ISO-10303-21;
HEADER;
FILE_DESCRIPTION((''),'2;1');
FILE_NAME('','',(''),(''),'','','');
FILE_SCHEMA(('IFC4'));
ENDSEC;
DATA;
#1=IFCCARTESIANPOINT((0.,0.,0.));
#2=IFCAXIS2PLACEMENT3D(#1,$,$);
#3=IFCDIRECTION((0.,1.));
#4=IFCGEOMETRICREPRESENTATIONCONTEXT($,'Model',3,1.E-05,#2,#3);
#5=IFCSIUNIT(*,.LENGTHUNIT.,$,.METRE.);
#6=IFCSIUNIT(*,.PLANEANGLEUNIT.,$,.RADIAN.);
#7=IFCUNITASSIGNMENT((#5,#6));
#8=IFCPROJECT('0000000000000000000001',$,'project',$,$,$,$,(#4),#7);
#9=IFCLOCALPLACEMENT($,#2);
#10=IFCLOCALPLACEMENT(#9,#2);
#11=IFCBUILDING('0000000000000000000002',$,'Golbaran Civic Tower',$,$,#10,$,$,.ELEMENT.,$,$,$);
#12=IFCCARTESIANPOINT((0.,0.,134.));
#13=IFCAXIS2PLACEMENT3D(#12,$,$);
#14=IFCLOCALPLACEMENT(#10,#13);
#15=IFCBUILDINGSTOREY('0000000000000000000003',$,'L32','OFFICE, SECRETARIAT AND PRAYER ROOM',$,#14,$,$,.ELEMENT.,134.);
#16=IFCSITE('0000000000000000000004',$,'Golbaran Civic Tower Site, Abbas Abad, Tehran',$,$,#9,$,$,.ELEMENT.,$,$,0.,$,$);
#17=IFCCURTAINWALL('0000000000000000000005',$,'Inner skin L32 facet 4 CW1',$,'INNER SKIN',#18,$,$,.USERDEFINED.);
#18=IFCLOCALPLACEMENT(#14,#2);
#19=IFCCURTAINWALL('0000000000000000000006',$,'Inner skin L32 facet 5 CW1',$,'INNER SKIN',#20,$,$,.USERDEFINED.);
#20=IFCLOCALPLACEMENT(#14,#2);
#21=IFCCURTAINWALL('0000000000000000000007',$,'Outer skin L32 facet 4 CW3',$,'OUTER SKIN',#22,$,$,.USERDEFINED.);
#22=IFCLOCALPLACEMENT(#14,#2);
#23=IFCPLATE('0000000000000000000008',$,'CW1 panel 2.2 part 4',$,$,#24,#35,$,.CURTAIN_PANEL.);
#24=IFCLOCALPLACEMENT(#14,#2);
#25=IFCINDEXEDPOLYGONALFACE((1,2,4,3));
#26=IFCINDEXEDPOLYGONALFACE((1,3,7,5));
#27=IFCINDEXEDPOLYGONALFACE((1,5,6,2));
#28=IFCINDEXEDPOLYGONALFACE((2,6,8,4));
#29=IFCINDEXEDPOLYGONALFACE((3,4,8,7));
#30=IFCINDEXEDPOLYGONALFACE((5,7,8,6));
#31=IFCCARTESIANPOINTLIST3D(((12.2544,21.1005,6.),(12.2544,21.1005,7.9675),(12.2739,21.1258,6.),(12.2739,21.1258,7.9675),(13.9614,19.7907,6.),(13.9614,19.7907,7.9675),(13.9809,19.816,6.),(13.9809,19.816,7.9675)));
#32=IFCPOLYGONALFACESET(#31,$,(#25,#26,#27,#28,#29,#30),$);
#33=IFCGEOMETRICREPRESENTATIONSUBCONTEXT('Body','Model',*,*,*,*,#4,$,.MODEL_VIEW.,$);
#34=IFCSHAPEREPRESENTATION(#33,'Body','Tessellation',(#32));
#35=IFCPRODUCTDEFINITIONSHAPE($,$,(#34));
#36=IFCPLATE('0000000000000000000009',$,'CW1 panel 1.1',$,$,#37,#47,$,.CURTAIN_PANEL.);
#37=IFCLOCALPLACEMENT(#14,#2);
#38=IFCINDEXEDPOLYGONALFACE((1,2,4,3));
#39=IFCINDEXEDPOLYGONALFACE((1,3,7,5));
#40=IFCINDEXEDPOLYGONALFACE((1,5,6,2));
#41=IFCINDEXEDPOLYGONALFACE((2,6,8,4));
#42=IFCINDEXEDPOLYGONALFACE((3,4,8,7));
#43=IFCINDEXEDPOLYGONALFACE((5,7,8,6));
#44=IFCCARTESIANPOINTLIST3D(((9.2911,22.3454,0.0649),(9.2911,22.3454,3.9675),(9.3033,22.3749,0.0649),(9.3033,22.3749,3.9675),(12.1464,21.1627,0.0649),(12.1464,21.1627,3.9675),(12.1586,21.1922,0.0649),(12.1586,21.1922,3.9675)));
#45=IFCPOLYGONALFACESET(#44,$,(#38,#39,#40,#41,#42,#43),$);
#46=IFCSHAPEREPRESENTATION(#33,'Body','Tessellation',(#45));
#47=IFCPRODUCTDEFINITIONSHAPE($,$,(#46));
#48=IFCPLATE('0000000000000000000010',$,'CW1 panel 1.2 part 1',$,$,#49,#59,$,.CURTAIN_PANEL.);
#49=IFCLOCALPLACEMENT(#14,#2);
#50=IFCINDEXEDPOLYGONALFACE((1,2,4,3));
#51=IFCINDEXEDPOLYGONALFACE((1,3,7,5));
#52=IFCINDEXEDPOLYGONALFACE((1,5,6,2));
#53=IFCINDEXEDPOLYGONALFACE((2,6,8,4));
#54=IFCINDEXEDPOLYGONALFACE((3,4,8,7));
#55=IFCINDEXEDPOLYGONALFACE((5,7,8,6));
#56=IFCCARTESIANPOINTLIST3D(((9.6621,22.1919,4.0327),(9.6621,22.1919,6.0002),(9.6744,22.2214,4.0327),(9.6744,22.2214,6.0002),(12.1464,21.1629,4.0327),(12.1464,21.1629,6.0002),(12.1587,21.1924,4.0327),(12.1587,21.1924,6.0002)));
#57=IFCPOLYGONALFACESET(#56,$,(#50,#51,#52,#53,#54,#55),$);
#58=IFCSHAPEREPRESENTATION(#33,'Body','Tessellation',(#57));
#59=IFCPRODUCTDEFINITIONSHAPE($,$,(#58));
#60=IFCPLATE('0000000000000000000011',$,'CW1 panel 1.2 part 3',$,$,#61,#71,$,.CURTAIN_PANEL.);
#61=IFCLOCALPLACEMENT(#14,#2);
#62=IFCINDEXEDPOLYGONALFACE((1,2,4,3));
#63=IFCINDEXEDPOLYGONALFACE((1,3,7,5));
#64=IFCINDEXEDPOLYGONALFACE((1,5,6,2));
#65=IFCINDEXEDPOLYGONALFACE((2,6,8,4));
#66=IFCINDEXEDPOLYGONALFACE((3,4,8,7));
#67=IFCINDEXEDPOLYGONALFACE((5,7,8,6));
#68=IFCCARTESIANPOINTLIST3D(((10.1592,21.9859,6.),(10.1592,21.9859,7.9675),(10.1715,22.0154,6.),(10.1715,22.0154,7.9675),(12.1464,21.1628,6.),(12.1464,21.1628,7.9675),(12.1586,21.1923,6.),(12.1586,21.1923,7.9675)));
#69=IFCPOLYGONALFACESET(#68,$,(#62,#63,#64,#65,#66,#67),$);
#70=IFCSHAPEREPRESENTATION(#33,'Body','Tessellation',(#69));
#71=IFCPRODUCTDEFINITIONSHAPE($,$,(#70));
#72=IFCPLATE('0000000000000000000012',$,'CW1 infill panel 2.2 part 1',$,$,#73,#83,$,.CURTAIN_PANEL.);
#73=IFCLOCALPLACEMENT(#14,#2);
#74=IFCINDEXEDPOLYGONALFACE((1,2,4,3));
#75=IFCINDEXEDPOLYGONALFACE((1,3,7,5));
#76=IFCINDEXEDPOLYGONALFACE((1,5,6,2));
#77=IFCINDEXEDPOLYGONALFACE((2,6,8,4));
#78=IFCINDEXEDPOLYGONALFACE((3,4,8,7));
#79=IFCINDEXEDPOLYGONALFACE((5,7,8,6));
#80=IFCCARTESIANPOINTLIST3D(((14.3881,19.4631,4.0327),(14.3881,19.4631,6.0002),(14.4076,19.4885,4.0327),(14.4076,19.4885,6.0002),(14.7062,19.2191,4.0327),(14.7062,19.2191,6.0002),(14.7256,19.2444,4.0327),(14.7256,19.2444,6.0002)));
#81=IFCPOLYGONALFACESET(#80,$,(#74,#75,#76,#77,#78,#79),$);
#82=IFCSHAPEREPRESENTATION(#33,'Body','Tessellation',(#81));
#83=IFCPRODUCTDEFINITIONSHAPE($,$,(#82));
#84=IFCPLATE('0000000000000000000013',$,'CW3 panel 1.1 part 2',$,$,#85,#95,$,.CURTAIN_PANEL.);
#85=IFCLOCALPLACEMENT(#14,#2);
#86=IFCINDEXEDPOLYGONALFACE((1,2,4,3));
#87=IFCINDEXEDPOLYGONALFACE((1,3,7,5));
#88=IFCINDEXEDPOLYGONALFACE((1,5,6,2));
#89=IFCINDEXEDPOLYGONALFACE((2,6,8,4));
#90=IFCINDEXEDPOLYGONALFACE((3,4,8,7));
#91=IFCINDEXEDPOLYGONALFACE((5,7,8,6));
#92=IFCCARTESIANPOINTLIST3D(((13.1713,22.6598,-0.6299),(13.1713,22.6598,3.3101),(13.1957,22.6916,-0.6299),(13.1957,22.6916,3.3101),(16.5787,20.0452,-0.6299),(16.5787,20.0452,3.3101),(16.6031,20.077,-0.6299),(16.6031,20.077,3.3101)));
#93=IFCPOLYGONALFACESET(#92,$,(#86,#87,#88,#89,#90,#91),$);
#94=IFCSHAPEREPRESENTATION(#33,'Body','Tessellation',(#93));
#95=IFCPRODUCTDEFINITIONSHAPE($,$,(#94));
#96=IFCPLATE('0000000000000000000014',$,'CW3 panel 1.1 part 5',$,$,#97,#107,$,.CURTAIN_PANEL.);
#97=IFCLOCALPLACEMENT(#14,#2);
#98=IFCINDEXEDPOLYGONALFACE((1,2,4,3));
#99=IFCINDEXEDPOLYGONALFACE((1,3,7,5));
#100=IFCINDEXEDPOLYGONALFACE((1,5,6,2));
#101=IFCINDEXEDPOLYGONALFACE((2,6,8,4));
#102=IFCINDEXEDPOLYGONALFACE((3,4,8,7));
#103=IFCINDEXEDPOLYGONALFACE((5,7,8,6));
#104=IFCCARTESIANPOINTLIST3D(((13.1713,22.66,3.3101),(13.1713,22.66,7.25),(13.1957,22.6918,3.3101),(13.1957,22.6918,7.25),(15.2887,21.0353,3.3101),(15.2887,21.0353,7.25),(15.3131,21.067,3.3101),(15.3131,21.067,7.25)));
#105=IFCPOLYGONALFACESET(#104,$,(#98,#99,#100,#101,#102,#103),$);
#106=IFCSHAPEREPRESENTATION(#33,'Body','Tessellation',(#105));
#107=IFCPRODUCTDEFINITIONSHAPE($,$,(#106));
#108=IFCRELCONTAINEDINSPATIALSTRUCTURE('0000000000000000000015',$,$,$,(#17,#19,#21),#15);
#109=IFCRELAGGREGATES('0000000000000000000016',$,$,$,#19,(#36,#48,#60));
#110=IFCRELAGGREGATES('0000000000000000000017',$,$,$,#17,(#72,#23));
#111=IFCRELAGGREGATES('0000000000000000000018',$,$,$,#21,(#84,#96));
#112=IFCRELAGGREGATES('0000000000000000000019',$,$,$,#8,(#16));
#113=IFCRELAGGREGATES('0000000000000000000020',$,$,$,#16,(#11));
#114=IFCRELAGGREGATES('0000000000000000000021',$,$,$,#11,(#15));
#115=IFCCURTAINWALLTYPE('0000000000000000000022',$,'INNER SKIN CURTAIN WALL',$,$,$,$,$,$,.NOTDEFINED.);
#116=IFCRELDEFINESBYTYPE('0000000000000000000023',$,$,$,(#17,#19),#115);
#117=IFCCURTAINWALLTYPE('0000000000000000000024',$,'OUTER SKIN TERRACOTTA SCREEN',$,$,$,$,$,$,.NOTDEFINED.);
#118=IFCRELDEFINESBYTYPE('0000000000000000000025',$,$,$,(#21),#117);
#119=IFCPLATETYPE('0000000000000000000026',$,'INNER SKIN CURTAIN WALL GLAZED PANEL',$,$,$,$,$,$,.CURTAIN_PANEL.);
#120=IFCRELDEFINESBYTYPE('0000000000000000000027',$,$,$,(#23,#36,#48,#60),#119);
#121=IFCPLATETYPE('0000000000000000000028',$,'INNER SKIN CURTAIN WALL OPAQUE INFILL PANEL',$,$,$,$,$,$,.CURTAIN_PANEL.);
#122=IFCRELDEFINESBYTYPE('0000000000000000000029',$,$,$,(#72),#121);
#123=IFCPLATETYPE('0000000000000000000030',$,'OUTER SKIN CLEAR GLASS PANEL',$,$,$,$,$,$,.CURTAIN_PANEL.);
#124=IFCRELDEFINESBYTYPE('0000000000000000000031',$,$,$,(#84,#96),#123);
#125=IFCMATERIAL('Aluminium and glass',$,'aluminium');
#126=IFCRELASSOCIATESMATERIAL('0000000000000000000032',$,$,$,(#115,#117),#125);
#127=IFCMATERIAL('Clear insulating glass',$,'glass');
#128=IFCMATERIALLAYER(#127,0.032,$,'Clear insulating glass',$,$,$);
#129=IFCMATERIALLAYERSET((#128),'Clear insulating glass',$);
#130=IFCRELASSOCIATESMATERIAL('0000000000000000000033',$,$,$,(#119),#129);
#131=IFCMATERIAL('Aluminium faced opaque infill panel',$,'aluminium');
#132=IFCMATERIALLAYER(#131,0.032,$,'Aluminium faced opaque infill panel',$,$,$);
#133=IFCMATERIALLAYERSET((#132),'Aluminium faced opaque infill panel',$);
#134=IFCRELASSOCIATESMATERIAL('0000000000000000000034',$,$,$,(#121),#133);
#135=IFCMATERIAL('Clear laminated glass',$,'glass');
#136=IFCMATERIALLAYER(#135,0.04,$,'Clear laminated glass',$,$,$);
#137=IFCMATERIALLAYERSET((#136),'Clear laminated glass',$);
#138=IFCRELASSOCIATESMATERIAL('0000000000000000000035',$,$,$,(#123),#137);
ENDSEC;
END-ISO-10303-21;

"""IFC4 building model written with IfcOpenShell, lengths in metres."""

from ifc_helpers import new_model, si_unit, direction, frame, origin, origin_2d, place, context, subcontext, project, spatial, rectangle, extrude, material, layer, layer_set, type_object, element, aggregate, save


model = new_model("IFC4")

# Units and contexts
model_context = context("Model", 3, precision=1e-05, world=origin(), true_north=direction((0.0, 1.0)))
body_context = subcontext(model_context, "Body", "Model", "MODEL_VIEW")
ifc_project = project(units=[si_unit("LENGTHUNIT", "METRE"), si_unit("PLANEANGLEUNIT", "RADIAN")], contexts=[model_context])

# Site, building, storey
site_placement = place(None, origin())
site = spatial("IfcSite", under=ifc_project, at=site_placement, Name="Golbaran Civic Tower Site, Abbas Abad, Tehran", CompositionType="ELEMENT", RefElevation=0.0)
building_placement = place(site_placement, origin())
building = spatial("IfcBuilding", under=site, at=building_placement, Name="Golbaran Civic Tower", CompositionType="ELEMENT")
storey_placement = place(building_placement, frame((0.0, 0.0, 134.0)))
storey = spatial("IfcBuildingStorey", under=building, at=storey_placement, Name="L32", Description="OFFICE, SECRETARIAT AND PRAYER ROOM", CompositionType="ELEMENT", Elevation=134.0)

# Curtain wall
ifc_material_1 = material(Name="Aluminium and glass", Category="aluminium")
curtain_wall_type_1 = type_object("IfcCurtainWallType", Name="INNER SKIN CURTAIN WALL", PredefinedType="NOTDEFINED", material=ifc_material_1)
curtain_wall_1_placement = place(storey_placement, origin())
curtain_wall_1 = element("IfcCurtainWall", 1, at=curtain_wall_1_placement, inside=storey, type_object=curtain_wall_type_1, Name="Inner skin L32 facet 4 CW1", ObjectType="INNER SKIN", PredefinedType="USERDEFINED")

# Curtain wall
curtain_wall_2_placement = place(storey_placement, origin())
curtain_wall_2 = element("IfcCurtainWall", 2, at=curtain_wall_2_placement, inside=storey, type_object=curtain_wall_type_1, Name="Inner skin L32 facet 5 CW1", ObjectType="INNER SKIN", PredefinedType="USERDEFINED")

# Curtain wall
curtain_wall_type_2 = type_object("IfcCurtainWallType", Name="OUTER SKIN TERRACOTTA SCREEN", PredefinedType="NOTDEFINED", material=ifc_material_1)
curtain_wall_3_placement = place(storey_placement, origin())
curtain_wall_3 = element("IfcCurtainWall", 3, at=curtain_wall_3_placement, inside=storey, type_object=curtain_wall_type_2, Name="Outer skin L32 facet 4 CW3", ObjectType="OUTER SKIN", PredefinedType="USERDEFINED")

# Plates
ifc_material_2 = material(Name="Clear insulating glass", Category="glass")
ifc_layer_1 = layer(ifc_material_2, 0.032, Name="Clear insulating glass")
ifc_layer_set_1 = layer_set([ifc_layer_1], Name="Clear insulating glass")
plate_type_1 = type_object("IfcPlateType", Name="INNER SKIN CURTAIN WALL GLAZED PANEL", PredefinedType="CURTAIN_PANEL", material=ifc_layer_set_1)
plate_1_placement = place(storey_placement, frame((13.1177, 20.4583, 6.0), z_axis=(0.0, 0.0, 1.0), x_axis=(-0.793353, 0.608761, 0.0)))
plate_1 = element("IfcPlate", 4, at=plate_1_placement, type_object=plate_type_1, Name="CW1 panel 2.2 part 4", PredefinedType="CURTAIN_PANEL", context=body_context, shape_type="SweptSolid", body=[
    extrude(rectangle(XDim=2.1516, YDim=0.032, at=origin_2d()), origin(), (0.0, 0.0, 1.0), 1.9675),
])
plate_2_placement = place(storey_placement, frame((10.7249, 21.7688, 0.0649), z_axis=(0.0, 0.0, 1.0), x_axis=(-0.92388, 0.382683, 0.0)))
plate_2 = element("IfcPlate", 5, at=plate_2_placement, type_object=plate_type_1, Name="CW1 panel 1.1", PredefinedType="CURTAIN_PANEL", context=body_context, shape_type="SweptSolid", body=[
    extrude(rectangle(XDim=3.0906, YDim=0.032, at=origin_2d()), origin(), (0.0, 0.0, 1.0), 3.9026),
])
plate_3_placement = place(storey_placement, frame((10.9104, 21.6921, 4.0327), z_axis=(0.0, 0.0, 1.0), x_axis=(-0.92388, 0.382683, 0.0)))
plate_3 = element("IfcPlate", 6, at=plate_3_placement, type_object=plate_type_1, Name="CW1 panel 1.2 part 1", PredefinedType="CURTAIN_PANEL", context=body_context, shape_type="SweptSolid", body=[
    extrude(rectangle(XDim=2.689, YDim=0.032, at=origin_2d()), origin(), (0.0, 0.0, 1.0), 1.9675),
])
plate_4_placement = place(storey_placement, frame((11.1589, 21.5891, 6.0), z_axis=(0.0, 0.0, 1.0), x_axis=(-0.92388, 0.382683, 0.0)))
plate_4 = element("IfcPlate", 7, at=plate_4_placement, type_object=plate_type_1, Name="CW1 panel 1.2 part 3", PredefinedType="CURTAIN_PANEL", context=body_context, shape_type="SweptSolid", body=[
    extrude(rectangle(XDim=2.1509, YDim=0.032, at=origin_2d()), origin(), (0.0, 0.0, 1.0), 1.9675),
])
aggregate(curtain_wall_2, [plate_2, plate_3, plate_4])
ifc_material_3 = material(Name="Aluminium faced opaque infill panel", Category="aluminium")
ifc_layer_2 = layer(ifc_material_3, 0.032, Name="Aluminium faced opaque infill panel")
ifc_layer_set_2 = layer_set([ifc_layer_2], Name="Aluminium faced opaque infill panel")
plate_type_2 = type_object("IfcPlateType", Name="INNER SKIN CURTAIN WALL OPAQUE INFILL PANEL", PredefinedType="CURTAIN_PANEL", material=ifc_layer_set_2)
plate_5_placement = place(storey_placement, frame((14.5569, 19.3538, 4.0327), z_axis=(0.0, 0.0, 1.0), x_axis=(-0.793353, 0.608761, 0.0)))
plate_5 = element("IfcPlate", 8, at=plate_5_placement, type_object=plate_type_2, Name="CW1 infill panel 2.2 part 1", PredefinedType="CURTAIN_PANEL", context=body_context, shape_type="SweptSolid", body=[
    extrude(rectangle(XDim=0.4009, YDim=0.032, at=origin_2d()), origin(), (0.0, 0.0, 1.0), 1.9675),
])
aggregate(curtain_wall_1, [plate_5, plate_1])
ifc_material_4 = material(Name="Clear laminated glass", Category="glass")
ifc_layer_3 = layer(ifc_material_4, 0.04, Name="Clear laminated glass")
ifc_layer_set_3 = layer_set([ifc_layer_3], Name="Clear laminated glass")
plate_type_3 = type_object("IfcPlateType", Name="OUTER SKIN CLEAR GLASS PANEL", PredefinedType="CURTAIN_PANEL", material=ifc_layer_set_3)
plate_6_placement = place(storey_placement, frame((14.8872, 21.3684, -0.6299), z_axis=(0.0, 0.0, 1.0), x_axis=(-0.793353, 0.608761, 0.0)))
plate_6 = element("IfcPlate", 9, at=plate_6_placement, type_object=plate_type_3, Name="CW3 panel 1.1 part 2", PredefinedType="CURTAIN_PANEL", context=body_context, shape_type="SweptSolid", body=[
    extrude(rectangle(XDim=4.2949, YDim=0.04, at=origin_2d()), origin(), (0.0, 0.0, 1.0), 3.9399),
])
plate_7_placement = place(storey_placement, frame((14.2422, 21.8635, 3.3101), z_axis=(0.0, 0.0, 1.0), x_axis=(-0.793353, 0.608761, 0.0)))
plate_7 = element("IfcPlate", 10, at=plate_7_placement, type_object=plate_type_3, Name="CW3 panel 1.1 part 5", PredefinedType="CURTAIN_PANEL", context=body_context, shape_type="SweptSolid", body=[
    extrude(rectangle(XDim=2.6689, YDim=0.04, at=origin_2d()), origin(), (0.0, 0.0, 1.0), 3.9399),
])
aggregate(curtain_wall_3, [plate_6, plate_7])

save(model, "model.ifc")
